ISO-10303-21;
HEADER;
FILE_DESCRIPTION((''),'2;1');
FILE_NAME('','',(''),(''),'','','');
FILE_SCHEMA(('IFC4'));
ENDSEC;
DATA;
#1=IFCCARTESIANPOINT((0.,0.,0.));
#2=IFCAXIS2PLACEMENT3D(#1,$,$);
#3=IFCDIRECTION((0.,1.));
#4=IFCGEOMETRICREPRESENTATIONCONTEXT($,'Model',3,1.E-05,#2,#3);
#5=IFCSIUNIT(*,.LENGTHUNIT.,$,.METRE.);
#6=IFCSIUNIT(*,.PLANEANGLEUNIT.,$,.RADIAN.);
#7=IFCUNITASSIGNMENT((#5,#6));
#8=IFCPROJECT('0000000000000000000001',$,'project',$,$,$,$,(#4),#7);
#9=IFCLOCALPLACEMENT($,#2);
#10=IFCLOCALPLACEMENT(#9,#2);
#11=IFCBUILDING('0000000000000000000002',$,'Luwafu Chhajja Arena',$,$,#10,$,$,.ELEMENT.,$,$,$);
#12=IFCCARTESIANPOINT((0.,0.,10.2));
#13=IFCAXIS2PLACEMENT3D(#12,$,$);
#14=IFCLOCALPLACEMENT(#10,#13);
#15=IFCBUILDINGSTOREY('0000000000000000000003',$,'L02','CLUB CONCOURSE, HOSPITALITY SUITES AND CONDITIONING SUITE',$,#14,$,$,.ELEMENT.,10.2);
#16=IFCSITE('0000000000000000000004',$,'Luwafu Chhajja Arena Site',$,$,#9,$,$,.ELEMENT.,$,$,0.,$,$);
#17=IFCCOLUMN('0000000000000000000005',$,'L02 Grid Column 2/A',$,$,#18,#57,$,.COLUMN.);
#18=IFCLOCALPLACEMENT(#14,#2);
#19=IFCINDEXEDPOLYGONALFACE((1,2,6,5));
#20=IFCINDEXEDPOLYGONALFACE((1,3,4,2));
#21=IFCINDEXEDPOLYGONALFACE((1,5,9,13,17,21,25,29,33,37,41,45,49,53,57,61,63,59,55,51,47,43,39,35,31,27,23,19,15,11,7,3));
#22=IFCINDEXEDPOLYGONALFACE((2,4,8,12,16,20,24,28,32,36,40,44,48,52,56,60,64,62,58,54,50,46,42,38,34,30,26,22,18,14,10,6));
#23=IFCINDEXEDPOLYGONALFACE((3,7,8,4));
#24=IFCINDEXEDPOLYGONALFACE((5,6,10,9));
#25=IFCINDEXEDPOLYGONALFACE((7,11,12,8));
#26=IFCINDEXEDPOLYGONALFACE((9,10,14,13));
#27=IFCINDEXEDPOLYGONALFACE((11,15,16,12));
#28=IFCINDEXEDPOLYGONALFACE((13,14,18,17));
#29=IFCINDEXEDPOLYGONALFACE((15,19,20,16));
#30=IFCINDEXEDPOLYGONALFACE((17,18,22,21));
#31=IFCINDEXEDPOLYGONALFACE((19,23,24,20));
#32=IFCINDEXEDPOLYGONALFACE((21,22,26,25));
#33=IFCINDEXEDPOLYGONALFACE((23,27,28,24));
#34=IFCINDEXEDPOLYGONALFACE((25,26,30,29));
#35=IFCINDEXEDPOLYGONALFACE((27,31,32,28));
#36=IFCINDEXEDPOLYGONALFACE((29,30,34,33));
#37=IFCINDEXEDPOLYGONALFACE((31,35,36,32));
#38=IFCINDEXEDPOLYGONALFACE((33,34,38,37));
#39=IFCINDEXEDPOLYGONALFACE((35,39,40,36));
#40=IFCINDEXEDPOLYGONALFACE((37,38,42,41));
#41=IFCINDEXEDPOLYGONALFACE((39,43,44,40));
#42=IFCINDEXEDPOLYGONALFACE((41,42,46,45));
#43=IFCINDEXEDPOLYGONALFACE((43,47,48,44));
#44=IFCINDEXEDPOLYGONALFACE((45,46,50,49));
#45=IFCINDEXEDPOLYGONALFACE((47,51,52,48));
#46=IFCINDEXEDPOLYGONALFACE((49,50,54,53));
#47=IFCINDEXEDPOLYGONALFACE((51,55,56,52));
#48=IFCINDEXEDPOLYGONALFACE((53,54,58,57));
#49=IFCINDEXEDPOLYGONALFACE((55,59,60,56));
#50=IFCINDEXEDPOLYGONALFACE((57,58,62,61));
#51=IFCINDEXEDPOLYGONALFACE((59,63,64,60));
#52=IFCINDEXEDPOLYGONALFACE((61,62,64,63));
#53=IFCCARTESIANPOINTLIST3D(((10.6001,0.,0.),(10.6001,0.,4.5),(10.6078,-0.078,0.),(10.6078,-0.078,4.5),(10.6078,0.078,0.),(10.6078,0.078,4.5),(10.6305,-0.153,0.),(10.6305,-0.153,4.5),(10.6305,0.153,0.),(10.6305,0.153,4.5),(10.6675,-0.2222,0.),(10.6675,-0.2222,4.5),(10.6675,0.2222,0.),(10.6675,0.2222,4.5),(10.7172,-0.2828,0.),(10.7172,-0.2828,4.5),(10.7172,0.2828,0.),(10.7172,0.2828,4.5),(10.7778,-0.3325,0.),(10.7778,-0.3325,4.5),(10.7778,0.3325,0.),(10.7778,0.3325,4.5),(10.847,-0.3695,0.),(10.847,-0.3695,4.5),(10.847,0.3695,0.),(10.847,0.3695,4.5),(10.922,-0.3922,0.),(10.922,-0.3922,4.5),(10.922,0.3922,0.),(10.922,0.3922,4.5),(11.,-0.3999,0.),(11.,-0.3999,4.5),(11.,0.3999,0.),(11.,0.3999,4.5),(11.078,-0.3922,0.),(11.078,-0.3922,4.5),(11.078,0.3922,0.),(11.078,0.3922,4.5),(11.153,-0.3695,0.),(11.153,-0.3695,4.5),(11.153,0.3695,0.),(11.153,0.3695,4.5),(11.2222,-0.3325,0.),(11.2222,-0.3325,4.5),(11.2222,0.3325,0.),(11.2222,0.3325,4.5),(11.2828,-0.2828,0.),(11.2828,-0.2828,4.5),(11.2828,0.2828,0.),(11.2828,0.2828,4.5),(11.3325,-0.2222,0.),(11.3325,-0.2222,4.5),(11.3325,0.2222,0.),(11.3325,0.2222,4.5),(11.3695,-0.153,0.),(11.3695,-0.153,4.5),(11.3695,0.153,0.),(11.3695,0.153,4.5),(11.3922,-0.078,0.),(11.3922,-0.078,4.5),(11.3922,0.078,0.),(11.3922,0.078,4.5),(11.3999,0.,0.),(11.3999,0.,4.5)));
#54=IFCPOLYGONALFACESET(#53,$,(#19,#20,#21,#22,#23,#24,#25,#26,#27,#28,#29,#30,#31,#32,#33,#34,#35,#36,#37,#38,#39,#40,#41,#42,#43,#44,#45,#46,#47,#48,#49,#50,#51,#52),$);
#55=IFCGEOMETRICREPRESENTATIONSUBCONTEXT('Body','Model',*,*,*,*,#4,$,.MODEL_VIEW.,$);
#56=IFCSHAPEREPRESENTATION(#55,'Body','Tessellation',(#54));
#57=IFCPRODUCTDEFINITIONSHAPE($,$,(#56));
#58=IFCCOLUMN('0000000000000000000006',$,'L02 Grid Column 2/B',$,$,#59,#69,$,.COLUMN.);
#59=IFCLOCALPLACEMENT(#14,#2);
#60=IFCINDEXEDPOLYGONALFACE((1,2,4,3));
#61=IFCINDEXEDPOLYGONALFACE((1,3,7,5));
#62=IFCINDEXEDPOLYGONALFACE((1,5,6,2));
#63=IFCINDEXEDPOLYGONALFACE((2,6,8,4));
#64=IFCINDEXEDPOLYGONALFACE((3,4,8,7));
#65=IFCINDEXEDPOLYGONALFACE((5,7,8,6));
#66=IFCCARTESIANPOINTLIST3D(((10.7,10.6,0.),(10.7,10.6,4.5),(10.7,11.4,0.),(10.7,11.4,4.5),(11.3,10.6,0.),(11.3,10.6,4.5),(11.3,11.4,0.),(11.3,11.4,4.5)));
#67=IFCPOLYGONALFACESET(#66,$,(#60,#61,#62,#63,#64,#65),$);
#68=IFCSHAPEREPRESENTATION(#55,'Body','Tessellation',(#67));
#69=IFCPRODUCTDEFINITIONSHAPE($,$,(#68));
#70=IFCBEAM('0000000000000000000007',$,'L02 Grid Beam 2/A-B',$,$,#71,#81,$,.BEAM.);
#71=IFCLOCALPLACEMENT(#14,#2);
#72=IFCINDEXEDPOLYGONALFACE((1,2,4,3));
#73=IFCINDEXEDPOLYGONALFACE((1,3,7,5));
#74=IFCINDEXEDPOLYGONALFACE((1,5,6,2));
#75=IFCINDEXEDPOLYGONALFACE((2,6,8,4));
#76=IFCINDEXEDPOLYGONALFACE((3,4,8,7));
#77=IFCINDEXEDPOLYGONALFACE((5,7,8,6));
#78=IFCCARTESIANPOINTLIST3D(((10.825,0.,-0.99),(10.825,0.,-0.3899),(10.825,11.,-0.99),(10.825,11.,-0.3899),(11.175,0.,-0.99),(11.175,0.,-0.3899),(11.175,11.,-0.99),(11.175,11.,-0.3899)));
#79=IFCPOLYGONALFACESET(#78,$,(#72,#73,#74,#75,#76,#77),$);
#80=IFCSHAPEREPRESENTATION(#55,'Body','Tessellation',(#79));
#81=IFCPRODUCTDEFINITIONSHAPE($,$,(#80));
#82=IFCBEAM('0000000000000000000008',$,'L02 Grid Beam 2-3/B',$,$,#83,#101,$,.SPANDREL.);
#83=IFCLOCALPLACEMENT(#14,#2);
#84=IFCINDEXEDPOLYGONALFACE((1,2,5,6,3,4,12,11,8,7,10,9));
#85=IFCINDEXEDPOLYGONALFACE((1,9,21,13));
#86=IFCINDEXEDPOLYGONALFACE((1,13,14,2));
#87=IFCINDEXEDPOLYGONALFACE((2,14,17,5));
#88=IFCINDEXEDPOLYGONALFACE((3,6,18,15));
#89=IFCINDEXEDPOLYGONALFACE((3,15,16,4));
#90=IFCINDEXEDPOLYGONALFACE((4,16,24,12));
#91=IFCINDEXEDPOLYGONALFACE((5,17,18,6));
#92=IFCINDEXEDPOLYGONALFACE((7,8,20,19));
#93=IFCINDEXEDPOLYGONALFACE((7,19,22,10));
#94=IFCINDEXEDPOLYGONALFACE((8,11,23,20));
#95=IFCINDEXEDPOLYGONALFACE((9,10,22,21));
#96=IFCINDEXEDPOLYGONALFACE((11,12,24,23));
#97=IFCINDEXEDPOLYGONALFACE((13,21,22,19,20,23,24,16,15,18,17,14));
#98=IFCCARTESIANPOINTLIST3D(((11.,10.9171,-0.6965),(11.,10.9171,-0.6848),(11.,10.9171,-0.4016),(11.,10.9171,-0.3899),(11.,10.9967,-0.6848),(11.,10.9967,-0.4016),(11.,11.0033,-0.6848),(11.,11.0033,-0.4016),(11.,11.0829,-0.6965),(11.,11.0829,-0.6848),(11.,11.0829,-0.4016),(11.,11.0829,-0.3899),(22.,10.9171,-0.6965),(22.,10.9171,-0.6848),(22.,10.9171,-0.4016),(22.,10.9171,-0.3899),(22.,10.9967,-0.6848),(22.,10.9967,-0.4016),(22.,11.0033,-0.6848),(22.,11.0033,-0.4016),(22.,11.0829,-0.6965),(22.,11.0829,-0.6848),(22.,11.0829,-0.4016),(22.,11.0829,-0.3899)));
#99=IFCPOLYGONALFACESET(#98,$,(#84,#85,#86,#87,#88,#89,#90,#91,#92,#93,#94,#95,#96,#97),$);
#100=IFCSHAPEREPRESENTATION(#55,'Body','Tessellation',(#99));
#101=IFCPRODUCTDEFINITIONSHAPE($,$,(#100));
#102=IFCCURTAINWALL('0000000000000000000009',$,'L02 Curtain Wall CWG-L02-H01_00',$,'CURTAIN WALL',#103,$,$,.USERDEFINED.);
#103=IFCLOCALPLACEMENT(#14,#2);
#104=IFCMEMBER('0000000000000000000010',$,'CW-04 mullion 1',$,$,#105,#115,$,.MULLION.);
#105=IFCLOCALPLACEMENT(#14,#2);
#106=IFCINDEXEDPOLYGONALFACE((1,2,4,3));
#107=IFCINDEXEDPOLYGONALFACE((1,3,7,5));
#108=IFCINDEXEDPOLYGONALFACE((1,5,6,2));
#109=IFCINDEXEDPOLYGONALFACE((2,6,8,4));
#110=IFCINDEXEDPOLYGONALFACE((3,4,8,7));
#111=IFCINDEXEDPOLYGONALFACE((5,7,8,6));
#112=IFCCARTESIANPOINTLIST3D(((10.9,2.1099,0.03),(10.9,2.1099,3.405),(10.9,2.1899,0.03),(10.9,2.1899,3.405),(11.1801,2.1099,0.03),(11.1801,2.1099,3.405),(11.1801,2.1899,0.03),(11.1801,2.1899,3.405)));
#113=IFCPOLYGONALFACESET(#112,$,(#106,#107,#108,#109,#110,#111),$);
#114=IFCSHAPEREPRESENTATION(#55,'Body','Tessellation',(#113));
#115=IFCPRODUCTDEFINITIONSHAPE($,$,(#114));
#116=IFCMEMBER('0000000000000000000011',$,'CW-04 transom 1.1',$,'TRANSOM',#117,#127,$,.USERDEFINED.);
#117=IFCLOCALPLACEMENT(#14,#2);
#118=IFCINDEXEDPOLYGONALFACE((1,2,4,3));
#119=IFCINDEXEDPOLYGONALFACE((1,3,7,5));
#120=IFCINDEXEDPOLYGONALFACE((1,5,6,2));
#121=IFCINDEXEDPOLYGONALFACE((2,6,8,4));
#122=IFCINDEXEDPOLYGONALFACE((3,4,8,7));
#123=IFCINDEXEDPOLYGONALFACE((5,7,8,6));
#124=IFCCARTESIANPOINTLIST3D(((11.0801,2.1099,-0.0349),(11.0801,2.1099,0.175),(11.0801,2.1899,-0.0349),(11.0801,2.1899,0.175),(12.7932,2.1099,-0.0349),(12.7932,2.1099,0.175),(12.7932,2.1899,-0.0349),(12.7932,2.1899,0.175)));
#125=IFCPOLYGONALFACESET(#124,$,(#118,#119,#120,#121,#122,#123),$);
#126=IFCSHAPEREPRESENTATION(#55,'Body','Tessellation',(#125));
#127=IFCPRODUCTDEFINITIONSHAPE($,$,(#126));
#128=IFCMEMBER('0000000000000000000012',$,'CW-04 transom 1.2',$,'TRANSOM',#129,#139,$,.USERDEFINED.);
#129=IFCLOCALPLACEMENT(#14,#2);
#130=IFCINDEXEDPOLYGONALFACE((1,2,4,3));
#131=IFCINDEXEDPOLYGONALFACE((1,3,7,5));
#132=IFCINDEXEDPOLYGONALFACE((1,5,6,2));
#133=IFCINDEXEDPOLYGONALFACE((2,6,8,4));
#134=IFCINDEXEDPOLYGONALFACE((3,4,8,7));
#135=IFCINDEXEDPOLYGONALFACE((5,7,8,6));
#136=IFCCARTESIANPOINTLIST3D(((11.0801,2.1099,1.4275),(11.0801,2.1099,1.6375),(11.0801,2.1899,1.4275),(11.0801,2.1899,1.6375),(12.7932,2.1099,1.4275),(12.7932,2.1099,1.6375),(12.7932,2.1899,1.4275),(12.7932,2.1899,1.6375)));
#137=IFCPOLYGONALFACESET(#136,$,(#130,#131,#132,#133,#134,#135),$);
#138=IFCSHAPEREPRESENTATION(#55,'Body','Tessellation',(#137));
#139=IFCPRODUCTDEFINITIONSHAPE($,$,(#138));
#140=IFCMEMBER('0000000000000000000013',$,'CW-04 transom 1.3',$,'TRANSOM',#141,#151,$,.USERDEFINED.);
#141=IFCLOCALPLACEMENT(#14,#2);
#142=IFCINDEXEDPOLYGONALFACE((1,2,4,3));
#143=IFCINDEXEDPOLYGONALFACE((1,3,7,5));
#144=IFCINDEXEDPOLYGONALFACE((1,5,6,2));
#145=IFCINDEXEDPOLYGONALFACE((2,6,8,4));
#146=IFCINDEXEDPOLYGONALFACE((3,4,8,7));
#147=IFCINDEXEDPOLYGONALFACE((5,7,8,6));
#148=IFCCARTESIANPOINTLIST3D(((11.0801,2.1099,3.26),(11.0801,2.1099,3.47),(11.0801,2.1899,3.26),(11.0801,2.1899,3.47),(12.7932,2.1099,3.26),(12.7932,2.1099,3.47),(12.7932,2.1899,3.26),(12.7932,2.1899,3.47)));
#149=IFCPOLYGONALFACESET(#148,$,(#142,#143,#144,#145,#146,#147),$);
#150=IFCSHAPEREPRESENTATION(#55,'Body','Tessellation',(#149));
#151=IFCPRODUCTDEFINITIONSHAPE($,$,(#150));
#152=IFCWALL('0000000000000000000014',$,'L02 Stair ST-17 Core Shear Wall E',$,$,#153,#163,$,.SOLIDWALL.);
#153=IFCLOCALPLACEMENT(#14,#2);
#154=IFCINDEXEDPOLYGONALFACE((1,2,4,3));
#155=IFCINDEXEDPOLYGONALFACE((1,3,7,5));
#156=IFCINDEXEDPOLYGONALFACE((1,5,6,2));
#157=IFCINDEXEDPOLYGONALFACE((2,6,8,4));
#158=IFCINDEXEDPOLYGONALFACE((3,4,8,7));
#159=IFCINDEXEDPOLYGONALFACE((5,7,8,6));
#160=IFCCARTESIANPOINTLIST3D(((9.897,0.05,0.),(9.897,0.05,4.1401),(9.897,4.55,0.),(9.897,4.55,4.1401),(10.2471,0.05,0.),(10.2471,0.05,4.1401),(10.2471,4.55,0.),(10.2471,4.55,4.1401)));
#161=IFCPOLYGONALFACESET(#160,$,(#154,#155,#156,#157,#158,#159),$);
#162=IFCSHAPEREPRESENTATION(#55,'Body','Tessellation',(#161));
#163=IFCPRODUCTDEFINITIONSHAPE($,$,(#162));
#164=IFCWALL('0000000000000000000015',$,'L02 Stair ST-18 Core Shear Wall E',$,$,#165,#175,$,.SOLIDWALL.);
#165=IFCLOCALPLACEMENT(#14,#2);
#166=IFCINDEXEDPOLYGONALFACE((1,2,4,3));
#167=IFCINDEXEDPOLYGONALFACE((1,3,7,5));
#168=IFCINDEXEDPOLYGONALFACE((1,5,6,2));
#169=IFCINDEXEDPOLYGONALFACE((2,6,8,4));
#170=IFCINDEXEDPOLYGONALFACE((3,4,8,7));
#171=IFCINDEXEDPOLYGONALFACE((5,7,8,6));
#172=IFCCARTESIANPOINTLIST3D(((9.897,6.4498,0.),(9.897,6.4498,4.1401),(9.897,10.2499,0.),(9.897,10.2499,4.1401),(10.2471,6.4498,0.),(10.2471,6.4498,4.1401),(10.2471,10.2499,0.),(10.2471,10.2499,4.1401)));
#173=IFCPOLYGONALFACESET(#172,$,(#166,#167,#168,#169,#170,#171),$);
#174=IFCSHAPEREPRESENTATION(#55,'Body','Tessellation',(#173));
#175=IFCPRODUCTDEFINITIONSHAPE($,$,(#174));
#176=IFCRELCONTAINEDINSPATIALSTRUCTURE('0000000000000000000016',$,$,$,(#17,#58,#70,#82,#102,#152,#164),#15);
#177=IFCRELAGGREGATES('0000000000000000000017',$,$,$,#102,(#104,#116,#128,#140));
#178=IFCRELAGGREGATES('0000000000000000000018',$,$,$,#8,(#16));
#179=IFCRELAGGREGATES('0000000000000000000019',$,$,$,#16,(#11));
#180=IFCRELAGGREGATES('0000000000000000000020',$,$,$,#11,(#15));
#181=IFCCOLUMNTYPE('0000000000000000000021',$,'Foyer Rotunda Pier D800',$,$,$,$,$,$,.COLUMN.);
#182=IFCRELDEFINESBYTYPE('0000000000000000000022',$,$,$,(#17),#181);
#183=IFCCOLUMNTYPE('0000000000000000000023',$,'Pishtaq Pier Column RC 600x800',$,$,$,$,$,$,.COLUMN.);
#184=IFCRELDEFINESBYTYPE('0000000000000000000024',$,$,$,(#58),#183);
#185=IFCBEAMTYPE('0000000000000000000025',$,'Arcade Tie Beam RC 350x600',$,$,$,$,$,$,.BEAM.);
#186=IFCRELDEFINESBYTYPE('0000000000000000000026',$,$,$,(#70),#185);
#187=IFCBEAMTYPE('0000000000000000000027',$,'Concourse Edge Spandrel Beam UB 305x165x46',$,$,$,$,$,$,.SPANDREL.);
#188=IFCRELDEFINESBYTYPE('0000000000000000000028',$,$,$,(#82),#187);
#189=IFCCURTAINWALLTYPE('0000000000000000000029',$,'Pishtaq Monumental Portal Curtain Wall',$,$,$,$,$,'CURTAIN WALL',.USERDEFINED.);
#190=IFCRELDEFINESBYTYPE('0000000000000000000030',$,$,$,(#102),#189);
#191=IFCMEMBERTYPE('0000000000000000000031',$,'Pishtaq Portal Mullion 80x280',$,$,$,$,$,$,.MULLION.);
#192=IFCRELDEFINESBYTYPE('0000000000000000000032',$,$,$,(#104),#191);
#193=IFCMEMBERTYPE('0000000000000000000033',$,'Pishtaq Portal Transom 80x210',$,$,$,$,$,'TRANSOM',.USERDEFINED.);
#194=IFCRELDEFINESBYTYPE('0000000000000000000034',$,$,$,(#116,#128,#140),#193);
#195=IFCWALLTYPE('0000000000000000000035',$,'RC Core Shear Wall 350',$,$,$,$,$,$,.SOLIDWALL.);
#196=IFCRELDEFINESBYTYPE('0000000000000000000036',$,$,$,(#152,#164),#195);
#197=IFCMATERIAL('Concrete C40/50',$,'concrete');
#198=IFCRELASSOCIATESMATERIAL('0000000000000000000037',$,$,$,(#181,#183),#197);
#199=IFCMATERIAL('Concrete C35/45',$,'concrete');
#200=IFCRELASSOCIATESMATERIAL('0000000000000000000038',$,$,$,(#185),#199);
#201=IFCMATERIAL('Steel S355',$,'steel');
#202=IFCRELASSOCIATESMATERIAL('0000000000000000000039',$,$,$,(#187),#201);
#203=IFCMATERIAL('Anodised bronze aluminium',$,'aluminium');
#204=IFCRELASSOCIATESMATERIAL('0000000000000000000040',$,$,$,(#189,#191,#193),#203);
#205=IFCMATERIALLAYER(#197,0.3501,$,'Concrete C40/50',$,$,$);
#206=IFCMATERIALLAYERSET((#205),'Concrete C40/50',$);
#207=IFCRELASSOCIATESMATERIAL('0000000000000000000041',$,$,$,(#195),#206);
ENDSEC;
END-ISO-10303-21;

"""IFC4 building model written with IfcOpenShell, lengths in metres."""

from ifc_helpers import new_model, si_unit, direction, frame, frame_2d, origin, origin_2d, place, context, subcontext, project, spatial, rectangle, circle, i_section, extrude, material, layer, layer_set, material_profile, profile_set, type_object, element, aggregate, save


model = new_model("IFC4")

# Units and contexts
model_context = context("Model", 3, precision=1e-05, world=origin(), true_north=direction((0.0, 1.0)))
body_context = subcontext(model_context, "Body", "Model", "MODEL_VIEW")
ifc_project = project(units=[si_unit("LENGTHUNIT", "METRE"), si_unit("PLANEANGLEUNIT", "RADIAN")], contexts=[model_context])

# Site, building, storey
site_placement = place(None, origin())
site = spatial("IfcSite", under=ifc_project, at=site_placement, Name="Luwafu Chhajja Arena Site", CompositionType="ELEMENT", RefElevation=0.0)
building_placement = place(site_placement, origin())
building = spatial("IfcBuilding", under=site, at=building_placement, Name="Luwafu Chhajja Arena", CompositionType="ELEMENT")
storey_placement = place(building_placement, frame((0.0, 0.0, 10.2)))
storey = spatial("IfcBuildingStorey", under=building, at=storey_placement, Name="L02", Description="CLUB CONCOURSE, HOSPITALITY SUITES AND CONDITIONING SUITE", CompositionType="ELEMENT", Elevation=10.2)

# Columns
ifc_material_1 = material(Name="Concrete C40/50", Category="concrete")
ifc_material_profile_1 = material_profile(ifc_material_1, circle(Radius=0.3999, at=origin_2d()), Name="RC COL D800")
ifc_profile_set_1 = profile_set([ifc_material_profile_1], Name="Concrete C40/50")
column_type_1 = type_object("IfcColumnType", Name="Foyer Rotunda Pier D800", PredefinedType="COLUMN", material=ifc_profile_set_1)
column_1_placement = place(storey_placement, frame((11.0, 0.0, 0.0), z_axis=(0.0, 0.0, 1.0), x_axis=(1.0, 0.0, 0.0)))
element("IfcColumn", 1, at=column_1_placement, inside=storey, type_object=column_type_1, Name="L02 Grid Column 2/A", PredefinedType="COLUMN", context=body_context, shape_type="SweptSolid", body=[
    extrude(circle(Radius=0.3999, at=origin_2d()), origin(), (0.0, 0.0, 1.0), 4.5),
])
ifc_material_profile_2 = material_profile(ifc_material_1, rectangle(XDim=0.6001, YDim=0.8, at=origin_2d()), Name="RC 600x800")
ifc_profile_set_2 = profile_set([ifc_material_profile_2], Name="Concrete C40/50")
column_type_2 = type_object("IfcColumnType", Name="Pishtaq Pier Column RC 600x800", PredefinedType="COLUMN", material=ifc_profile_set_2)
column_2_placement = place(storey_placement, frame((11.0, 11.0, 0.0), z_axis=(0.0, 0.0, 1.0), x_axis=(1.0, 0.0, 0.0)))
element("IfcColumn", 2, at=column_2_placement, inside=storey, type_object=column_type_2, Name="L02 Grid Column 2/B", PredefinedType="COLUMN", context=body_context, shape_type="SweptSolid", body=[
    extrude(rectangle(XDim=0.6001, YDim=0.8, at=origin_2d()), origin(), (0.0, 0.0, 1.0), 4.5),
])

# Beams
ifc_material_2 = material(Name="Concrete C35/45", Category="concrete")
ifc_material_profile_3 = material_profile(ifc_material_2, rectangle(XDim=0.3501, YDim=0.6001, at=origin_2d()), Name="RC 350x600")
ifc_profile_set_3 = profile_set([ifc_material_profile_3], Name="Concrete C35/45")
beam_type_1 = type_object("IfcBeamType", Name="Arcade Tie Beam RC 350x600", PredefinedType="BEAM", material=ifc_profile_set_3)
beam_1_placement = place(storey_placement, frame((11.0, 0.0, -0.6899), z_axis=(0.0, 1.0, 0.0), x_axis=(-1.0, 0.0, 0.0)))
element("IfcBeam", 3, at=beam_1_placement, inside=storey, type_object=beam_type_1, Name="L02 Grid Beam 2/A-B", PredefinedType="BEAM", context=body_context, shape_type="SweptSolid", body=[
    extrude(rectangle(XDim=0.3501, YDim=0.6001, at=origin_2d()), origin(), (0.0, 0.0, 1.0), 11.0),
])
ifc_material_3 = material(Name="Steel S355", Category="steel")
ifc_material_profile_4 = material_profile(ifc_material_3, i_section(OverallWidth=0.1658, OverallDepth=0.3066, WebThickness=0.0066, FlangeThickness=0.0117, at=origin_2d()), Name="UB 305x165x46")
ifc_profile_set_4 = profile_set([ifc_material_profile_4], Name="Steel S355")
beam_type_2 = type_object("IfcBeamType", Name="Concourse Edge Spandrel Beam UB 305x165x46", PredefinedType="SPANDREL", material=ifc_profile_set_4)
beam_2_placement = place(storey_placement, frame((11.0, 11.0, -0.5432), z_axis=(1.0, 0.0, 0.0), x_axis=(0.0, 1.0, 0.0)))
element("IfcBeam", 4, at=beam_2_placement, inside=storey, type_object=beam_type_2, Name="L02 Grid Beam 2-3/B", PredefinedType="SPANDREL", context=body_context, shape_type="SweptSolid", body=[
    extrude(i_section(OverallWidth=0.1658, OverallDepth=0.3066, WebThickness=0.0066, FlangeThickness=0.0117, at=origin_2d()), origin(), (0.0, 0.0, 1.0), 11.0),
])

# Curtain wall, members
ifc_material_4 = material(Name="Anodised bronze aluminium", Category="aluminium")
curtain_wall_type = type_object("IfcCurtainWallType", Name="Pishtaq Monumental Portal Curtain Wall", ElementType="CURTAIN WALL", PredefinedType="USERDEFINED", material=ifc_material_4)
curtain_wall_placement = place(storey_placement, origin())
curtain_wall = element("IfcCurtainWall", 5, at=curtain_wall_placement, inside=storey, type_object=curtain_wall_type, Name="L02 Curtain Wall CWG-L02-H01_00", ObjectType="CURTAIN WALL", PredefinedType="USERDEFINED")
ifc_material_profile_5 = material_profile(ifc_material_4, rectangle(XDim=0.0801, YDim=0.28, at=origin_2d()), Name="CWM 80x280")
ifc_profile_set_5 = profile_set([ifc_material_profile_5], Name="Anodised bronze aluminium")
member_type_1 = type_object("IfcMemberType", Name="Pishtaq Portal Mullion 80x280", PredefinedType="MULLION", material=ifc_profile_set_5)
member_1_placement = place(storey_placement, frame((11.04, 2.1499, 0.03), z_axis=(0.0, 0.0, 1.0), x_axis=(0.0, 1.0, 0.0)))
member_1 = element("IfcMember", 6, at=member_1_placement, type_object=member_type_1, Name="CW-04 mullion 1", PredefinedType="MULLION", context=body_context, shape_type="SweptSolid", body=[
    extrude(rectangle(XDim=0.0801, YDim=0.28, at=origin_2d()), origin(), (0.0, 0.0, 1.0), 3.375),
])
ifc_material_profile_6 = material_profile(ifc_material_4, rectangle(XDim=0.0801, YDim=0.21, at=origin_2d()), Name="CWT 80x210")
ifc_profile_set_6 = profile_set([ifc_material_profile_6], Name="Anodised bronze aluminium")
member_type_2 = type_object("IfcMemberType", Name="Pishtaq Portal Transom 80x210", ElementType="TRANSOM", PredefinedType="USERDEFINED", material=ifc_profile_set_6)
member_2_placement = place(storey_placement, frame((11.0801, 2.1499, 0.0701), z_axis=(1.0, 0.0, 0.0), x_axis=(0.0, 1.0, 0.0)))
member_2 = element("IfcMember", 7, at=member_2_placement, type_object=member_type_2, Name="CW-04 transom 1.1", ObjectType="TRANSOM", PredefinedType="USERDEFINED", context=body_context, shape_type="SweptSolid", body=[
    extrude(rectangle(XDim=0.0801, YDim=0.21, at=origin_2d()), origin(), (0.0, 0.0, 1.0), 1.7131),
])
member_3_placement = place(storey_placement, frame((11.0801, 2.1499, 1.5325), z_axis=(1.0, 0.0, 0.0), x_axis=(0.0, 1.0, 0.0)))
member_3 = element("IfcMember", 8, at=member_3_placement, type_object=member_type_2, Name="CW-04 transom 1.2", ObjectType="TRANSOM", PredefinedType="USERDEFINED", context=body_context, shape_type="SweptSolid", body=[
    extrude(rectangle(XDim=0.0801, YDim=0.21, at=origin_2d()), origin(), (0.0, 0.0, 1.0), 1.7131),
])
member_4_placement = place(storey_placement, frame((11.0801, 2.1499, 3.365), z_axis=(1.0, 0.0, 0.0), x_axis=(0.0, 1.0, 0.0)))
member_4 = element("IfcMember", 9, at=member_4_placement, type_object=member_type_2, Name="CW-04 transom 1.3", ObjectType="TRANSOM", PredefinedType="USERDEFINED", context=body_context, shape_type="SweptSolid", body=[
    extrude(rectangle(XDim=0.0801, YDim=0.21, at=origin_2d()), origin(), (0.0, 0.0, 1.0), 1.7131),
])
aggregate(curtain_wall, [member_1, member_2, member_3, member_4])

# Walls
ifc_layer_1 = layer(ifc_material_1, 0.3501, Name="Concrete C40/50")
ifc_layer_set_1 = layer_set([ifc_layer_1], Name="Concrete C40/50")
wall_type_1 = type_object("IfcWallType", Name="RC Core Shear Wall 350", PredefinedType="SOLIDWALL", material=ifc_layer_set_1)
wall_1_placement = place(storey_placement, frame((10.072, 0.05, 0.0), z_axis=(0.0, 0.0, 1.0), x_axis=(0.0, 1.0, 0.0)))
element("IfcWall", 10, at=wall_1_placement, inside=storey, type_object=wall_type_1, Name="L02 Stair ST-17 Core Shear Wall E", PredefinedType="SOLIDWALL", context=body_context, shape_type="SweptSolid", body=[
    extrude(rectangle(XDim=4.5, YDim=0.3501, at=frame_2d((2.25, 0.0))), origin(), (0.0, 0.0, 1.0), 4.1401),
])
wall_2_placement = place(storey_placement, frame((10.072, 6.45, 0.0), z_axis=(0.0, 0.0, 1.0), x_axis=(0.0, 1.0, 0.0)))
element("IfcWall", 11, at=wall_2_placement, inside=storey, type_object=wall_type_1, Name="L02 Stair ST-18 Core Shear Wall E", PredefinedType="SOLIDWALL", context=body_context, shape_type="SweptSolid", body=[
    extrude(rectangle(XDim=3.8, YDim=0.3501, at=frame_2d((1.8999, 0.0))), origin(), (0.0, 0.0, 1.0), 4.1401),
])

save(model, "model.ifc")
